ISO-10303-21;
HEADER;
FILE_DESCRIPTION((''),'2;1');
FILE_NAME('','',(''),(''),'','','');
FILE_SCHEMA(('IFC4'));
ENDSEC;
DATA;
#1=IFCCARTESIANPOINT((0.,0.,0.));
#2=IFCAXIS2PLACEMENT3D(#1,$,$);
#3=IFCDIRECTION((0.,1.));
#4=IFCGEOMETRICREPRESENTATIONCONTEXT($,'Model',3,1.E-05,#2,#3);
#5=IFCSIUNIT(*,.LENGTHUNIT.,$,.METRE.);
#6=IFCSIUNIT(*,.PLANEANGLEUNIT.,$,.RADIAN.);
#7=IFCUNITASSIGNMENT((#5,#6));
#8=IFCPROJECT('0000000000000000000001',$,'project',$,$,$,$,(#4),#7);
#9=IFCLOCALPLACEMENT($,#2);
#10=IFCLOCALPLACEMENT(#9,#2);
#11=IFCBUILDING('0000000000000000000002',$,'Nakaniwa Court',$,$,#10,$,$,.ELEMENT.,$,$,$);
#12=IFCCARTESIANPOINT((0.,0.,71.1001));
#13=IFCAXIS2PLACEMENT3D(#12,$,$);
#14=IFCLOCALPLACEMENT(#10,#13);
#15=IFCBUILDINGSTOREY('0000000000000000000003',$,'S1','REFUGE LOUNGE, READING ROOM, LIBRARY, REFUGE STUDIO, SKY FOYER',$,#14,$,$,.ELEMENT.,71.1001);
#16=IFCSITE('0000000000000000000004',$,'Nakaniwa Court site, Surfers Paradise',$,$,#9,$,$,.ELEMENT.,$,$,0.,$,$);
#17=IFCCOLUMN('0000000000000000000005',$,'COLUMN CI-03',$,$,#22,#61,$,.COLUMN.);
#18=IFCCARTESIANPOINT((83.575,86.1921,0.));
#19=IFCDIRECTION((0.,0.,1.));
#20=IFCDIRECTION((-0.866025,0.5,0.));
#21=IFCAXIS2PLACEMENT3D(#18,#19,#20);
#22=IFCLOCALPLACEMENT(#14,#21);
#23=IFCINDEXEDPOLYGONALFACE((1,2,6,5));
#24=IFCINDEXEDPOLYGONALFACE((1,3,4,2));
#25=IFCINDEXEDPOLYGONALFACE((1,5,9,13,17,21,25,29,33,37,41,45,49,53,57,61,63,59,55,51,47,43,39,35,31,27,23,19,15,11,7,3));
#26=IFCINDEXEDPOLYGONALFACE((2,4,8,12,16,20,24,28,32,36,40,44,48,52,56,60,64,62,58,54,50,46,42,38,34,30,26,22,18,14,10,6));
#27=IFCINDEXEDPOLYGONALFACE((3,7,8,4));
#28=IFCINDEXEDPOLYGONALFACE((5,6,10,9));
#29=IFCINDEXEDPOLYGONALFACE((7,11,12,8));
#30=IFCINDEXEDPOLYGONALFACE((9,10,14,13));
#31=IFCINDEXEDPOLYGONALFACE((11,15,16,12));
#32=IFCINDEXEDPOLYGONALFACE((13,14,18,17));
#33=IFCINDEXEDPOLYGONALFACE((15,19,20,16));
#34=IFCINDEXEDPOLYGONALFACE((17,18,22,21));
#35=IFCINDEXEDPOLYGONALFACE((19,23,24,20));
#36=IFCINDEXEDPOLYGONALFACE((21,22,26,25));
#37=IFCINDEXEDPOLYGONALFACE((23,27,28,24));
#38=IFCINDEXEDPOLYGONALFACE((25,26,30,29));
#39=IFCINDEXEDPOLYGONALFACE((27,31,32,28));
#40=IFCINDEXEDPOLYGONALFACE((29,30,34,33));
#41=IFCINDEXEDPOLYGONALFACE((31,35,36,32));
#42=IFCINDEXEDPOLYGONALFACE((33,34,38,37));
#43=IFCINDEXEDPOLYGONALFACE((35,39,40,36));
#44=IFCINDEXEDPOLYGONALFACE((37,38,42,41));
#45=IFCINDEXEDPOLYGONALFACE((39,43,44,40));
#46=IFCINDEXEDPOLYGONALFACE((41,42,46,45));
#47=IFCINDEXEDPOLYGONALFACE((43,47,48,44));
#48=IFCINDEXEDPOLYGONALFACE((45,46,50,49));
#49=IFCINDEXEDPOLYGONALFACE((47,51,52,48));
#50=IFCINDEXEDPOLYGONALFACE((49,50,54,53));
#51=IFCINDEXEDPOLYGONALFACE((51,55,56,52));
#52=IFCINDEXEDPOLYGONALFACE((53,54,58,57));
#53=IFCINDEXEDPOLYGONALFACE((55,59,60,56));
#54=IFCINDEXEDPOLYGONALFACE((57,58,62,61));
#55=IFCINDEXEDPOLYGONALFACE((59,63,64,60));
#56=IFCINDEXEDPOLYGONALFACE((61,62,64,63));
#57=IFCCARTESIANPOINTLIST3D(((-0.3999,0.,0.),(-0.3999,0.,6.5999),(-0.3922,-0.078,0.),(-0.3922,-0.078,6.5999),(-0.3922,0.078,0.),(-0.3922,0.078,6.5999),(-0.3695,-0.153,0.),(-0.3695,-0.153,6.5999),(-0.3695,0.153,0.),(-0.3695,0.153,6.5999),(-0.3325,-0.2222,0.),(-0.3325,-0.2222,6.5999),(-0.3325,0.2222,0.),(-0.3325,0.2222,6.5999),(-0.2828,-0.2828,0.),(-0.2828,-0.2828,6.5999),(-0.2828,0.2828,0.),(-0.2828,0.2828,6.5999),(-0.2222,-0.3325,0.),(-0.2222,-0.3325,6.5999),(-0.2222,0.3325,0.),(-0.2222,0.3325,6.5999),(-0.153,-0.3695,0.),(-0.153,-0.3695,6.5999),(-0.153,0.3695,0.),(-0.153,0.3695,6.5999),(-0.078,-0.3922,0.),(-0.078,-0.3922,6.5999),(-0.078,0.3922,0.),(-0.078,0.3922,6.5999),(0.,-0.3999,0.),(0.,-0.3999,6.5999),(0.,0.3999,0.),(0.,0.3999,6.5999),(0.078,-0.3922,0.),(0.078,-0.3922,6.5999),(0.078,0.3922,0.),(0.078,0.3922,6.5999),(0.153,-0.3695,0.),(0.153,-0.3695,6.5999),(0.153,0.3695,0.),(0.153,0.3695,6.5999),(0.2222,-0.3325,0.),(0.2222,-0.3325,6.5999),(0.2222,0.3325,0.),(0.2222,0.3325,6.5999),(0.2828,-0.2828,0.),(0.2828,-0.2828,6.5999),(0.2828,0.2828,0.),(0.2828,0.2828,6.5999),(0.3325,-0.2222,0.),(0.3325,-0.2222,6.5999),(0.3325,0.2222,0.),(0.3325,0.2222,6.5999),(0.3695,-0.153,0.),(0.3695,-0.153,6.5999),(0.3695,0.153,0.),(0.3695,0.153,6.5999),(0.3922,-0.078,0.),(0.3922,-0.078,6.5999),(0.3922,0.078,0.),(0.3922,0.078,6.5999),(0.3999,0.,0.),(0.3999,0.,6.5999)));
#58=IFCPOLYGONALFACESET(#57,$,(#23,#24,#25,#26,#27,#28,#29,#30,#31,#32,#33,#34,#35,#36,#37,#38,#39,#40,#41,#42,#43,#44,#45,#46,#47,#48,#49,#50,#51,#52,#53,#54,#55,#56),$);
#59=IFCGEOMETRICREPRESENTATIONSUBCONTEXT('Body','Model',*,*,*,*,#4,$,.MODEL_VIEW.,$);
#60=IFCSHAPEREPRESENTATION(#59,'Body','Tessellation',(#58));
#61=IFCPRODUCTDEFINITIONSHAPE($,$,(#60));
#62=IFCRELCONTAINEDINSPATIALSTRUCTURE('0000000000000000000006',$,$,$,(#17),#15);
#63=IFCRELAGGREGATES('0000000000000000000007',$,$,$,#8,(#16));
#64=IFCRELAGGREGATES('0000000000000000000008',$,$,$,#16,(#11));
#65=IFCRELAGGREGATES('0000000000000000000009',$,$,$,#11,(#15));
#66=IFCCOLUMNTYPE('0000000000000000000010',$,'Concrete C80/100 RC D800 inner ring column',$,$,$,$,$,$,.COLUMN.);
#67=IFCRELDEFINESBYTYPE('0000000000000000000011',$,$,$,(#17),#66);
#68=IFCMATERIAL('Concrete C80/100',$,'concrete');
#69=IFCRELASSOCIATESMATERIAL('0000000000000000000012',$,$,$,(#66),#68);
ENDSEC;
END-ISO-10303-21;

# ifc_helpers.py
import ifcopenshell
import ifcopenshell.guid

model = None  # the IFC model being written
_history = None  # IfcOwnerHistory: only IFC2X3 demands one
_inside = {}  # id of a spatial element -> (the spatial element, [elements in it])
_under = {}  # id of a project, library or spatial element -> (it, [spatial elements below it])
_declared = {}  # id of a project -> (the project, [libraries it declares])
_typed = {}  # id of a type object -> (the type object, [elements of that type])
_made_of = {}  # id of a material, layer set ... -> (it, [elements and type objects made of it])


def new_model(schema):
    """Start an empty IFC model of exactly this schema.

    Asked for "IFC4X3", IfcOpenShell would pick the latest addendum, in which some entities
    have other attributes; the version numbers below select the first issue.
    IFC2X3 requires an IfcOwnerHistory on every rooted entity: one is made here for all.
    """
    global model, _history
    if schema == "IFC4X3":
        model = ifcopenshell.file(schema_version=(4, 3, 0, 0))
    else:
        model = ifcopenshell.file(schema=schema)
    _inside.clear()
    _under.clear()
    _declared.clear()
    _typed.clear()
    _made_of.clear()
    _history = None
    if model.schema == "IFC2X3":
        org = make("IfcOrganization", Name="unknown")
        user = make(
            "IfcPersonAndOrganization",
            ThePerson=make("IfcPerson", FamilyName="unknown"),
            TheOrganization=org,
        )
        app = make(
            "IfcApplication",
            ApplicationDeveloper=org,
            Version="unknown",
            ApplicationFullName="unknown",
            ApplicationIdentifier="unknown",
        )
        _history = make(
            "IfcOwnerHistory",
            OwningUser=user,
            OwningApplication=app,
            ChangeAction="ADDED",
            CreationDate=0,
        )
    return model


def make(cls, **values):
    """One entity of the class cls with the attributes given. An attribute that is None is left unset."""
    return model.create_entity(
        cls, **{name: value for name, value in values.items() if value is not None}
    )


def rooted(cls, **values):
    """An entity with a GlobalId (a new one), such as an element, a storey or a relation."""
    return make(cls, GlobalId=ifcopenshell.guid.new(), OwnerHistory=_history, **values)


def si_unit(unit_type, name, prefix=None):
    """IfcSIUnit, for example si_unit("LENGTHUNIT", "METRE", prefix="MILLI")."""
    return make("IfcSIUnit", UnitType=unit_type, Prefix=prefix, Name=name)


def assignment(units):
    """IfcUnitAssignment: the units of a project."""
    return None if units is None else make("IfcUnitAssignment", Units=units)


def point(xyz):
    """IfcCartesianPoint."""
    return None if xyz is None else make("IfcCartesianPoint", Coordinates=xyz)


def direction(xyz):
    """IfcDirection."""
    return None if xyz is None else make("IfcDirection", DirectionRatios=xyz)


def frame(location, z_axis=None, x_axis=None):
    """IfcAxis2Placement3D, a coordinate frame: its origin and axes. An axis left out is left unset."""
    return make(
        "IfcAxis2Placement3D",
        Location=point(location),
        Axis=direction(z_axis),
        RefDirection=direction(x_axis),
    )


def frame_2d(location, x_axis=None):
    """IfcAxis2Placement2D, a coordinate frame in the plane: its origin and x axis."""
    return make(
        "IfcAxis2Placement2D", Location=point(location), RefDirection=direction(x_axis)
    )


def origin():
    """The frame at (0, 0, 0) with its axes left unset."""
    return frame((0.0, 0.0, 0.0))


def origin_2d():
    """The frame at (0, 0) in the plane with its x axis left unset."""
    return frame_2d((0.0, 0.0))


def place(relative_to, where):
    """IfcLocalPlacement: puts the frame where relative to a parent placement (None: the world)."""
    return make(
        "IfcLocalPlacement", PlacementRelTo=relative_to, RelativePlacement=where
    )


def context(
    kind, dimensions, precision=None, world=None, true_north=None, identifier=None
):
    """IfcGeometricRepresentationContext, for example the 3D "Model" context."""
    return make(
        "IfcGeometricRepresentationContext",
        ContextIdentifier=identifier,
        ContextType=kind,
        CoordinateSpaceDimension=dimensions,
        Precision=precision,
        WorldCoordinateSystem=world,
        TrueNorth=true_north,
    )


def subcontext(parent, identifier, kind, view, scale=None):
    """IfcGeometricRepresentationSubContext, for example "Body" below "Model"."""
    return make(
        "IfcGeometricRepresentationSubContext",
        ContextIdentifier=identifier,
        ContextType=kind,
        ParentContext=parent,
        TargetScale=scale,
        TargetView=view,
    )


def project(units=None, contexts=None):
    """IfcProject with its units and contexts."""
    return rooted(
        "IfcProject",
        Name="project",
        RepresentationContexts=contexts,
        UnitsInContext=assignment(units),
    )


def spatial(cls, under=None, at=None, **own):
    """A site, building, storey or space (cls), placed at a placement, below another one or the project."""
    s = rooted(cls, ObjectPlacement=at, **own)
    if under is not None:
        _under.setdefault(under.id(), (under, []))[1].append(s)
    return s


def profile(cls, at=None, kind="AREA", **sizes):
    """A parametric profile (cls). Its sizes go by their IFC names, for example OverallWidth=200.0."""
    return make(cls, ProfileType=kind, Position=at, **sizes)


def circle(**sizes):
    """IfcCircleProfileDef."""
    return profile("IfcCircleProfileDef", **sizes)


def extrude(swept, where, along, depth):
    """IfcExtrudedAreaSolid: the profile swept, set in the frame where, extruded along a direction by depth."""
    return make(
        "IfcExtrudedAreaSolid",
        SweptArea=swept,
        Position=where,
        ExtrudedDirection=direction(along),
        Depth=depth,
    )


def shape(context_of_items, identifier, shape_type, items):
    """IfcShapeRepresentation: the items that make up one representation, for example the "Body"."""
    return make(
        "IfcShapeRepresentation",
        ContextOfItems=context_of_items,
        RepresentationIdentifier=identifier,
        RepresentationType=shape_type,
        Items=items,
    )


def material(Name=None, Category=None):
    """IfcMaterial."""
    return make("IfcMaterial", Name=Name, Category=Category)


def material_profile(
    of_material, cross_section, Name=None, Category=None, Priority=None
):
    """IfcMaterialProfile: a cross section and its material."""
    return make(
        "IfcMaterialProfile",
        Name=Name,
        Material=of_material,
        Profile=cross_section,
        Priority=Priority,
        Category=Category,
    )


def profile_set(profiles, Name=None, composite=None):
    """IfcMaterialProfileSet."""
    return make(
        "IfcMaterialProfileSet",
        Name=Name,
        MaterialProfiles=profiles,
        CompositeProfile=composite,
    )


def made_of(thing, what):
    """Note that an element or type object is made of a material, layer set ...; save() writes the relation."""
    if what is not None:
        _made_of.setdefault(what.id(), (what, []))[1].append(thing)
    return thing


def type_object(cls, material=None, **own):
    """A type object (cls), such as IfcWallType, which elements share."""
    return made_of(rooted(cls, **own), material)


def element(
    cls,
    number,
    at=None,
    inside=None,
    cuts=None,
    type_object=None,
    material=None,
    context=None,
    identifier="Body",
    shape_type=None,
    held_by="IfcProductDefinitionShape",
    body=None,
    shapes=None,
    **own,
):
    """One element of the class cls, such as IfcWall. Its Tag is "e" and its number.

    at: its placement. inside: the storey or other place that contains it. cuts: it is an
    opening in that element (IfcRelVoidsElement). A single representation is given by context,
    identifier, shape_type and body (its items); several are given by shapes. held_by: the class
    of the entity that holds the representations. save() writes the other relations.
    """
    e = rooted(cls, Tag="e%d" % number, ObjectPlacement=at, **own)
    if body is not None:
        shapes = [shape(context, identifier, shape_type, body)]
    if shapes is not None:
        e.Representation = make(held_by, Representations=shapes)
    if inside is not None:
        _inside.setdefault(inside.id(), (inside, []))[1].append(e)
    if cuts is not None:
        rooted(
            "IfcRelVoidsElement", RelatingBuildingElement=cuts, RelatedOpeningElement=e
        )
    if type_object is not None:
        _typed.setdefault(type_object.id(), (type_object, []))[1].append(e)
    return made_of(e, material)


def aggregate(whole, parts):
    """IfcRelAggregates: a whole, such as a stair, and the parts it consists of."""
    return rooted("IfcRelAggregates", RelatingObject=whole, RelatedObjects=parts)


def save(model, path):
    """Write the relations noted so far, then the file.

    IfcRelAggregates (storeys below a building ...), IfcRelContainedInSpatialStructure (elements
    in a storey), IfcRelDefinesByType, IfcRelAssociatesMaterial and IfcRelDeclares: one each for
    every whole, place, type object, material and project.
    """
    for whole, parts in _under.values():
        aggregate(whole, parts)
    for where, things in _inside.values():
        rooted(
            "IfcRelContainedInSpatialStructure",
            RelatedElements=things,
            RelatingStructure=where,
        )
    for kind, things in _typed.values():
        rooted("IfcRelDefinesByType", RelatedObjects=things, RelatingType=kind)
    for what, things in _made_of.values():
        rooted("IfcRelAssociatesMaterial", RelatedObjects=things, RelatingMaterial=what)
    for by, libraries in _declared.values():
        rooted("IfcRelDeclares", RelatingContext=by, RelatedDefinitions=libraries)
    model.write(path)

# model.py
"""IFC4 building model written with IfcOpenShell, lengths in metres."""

from ifc_helpers import new_model, si_unit, direction, frame, origin, origin_2d, place, context, subcontext, project, spatial, circle, extrude, material, material_profile, profile_set, type_object, element, save


model = new_model("IFC4")

# Units and contexts
model_context = context("Model", 3, precision=1e-05, world=origin(), true_north=direction((0.0, 1.0)))
body_context = subcontext(model_context, "Body", "Model", "MODEL_VIEW")
ifc_project = project(units=[si_unit("LENGTHUNIT", "METRE"), si_unit("PLANEANGLEUNIT", "RADIAN")], contexts=[model_context])

# Site, building, storey
site_placement = place(None, origin())
site = spatial("IfcSite", under=ifc_project, at=site_placement, Name="Nakaniwa Court site, Surfers Paradise", CompositionType="ELEMENT", RefElevation=0.0)
building_placement = place(site_placement, origin())
building = spatial("IfcBuilding", under=site, at=building_placement, Name="Nakaniwa Court", CompositionType="ELEMENT")
storey_placement = place(building_placement, frame((0.0, 0.0, 71.1001)))
storey = spatial("IfcBuildingStorey", under=building, at=storey_placement, Name="S1", Description="REFUGE LOUNGE, READING ROOM, LIBRARY, REFUGE STUDIO, SKY FOYER", CompositionType="ELEMENT", Elevation=71.1001)

# Column
ifc_material_1 = material(Name="Concrete C80/100", Category="concrete")
ifc_material_profile_1 = material_profile(ifc_material_1, circle(Radius=0.3999, at=origin_2d()), Name="Concrete C80/100 RC D800 inner ring column")
ifc_profile_set_1 = profile_set([ifc_material_profile_1], Name="Concrete C80/100")
column_type = type_object("IfcColumnType", Name="Concrete C80/100 RC D800 inner ring column", PredefinedType="COLUMN", material=ifc_profile_set_1)
column_placement = place(storey_placement, frame((83.575, 86.1921, 0.0), z_axis=(0.0, 0.0, 1.0), x_axis=(-0.866025, 0.5, 0.0)))
element("IfcColumn", 1, at=column_placement, inside=storey, type_object=column_type, Name="COLUMN CI-03", PredefinedType="COLUMN", context=body_context, shape_type="SweptSolid", body=[
    extrude(circle(Radius=0.3999, at=origin_2d()), origin(), (0.0, 0.0, 1.0), 6.5999),
])

save(model, "model.ifc")
